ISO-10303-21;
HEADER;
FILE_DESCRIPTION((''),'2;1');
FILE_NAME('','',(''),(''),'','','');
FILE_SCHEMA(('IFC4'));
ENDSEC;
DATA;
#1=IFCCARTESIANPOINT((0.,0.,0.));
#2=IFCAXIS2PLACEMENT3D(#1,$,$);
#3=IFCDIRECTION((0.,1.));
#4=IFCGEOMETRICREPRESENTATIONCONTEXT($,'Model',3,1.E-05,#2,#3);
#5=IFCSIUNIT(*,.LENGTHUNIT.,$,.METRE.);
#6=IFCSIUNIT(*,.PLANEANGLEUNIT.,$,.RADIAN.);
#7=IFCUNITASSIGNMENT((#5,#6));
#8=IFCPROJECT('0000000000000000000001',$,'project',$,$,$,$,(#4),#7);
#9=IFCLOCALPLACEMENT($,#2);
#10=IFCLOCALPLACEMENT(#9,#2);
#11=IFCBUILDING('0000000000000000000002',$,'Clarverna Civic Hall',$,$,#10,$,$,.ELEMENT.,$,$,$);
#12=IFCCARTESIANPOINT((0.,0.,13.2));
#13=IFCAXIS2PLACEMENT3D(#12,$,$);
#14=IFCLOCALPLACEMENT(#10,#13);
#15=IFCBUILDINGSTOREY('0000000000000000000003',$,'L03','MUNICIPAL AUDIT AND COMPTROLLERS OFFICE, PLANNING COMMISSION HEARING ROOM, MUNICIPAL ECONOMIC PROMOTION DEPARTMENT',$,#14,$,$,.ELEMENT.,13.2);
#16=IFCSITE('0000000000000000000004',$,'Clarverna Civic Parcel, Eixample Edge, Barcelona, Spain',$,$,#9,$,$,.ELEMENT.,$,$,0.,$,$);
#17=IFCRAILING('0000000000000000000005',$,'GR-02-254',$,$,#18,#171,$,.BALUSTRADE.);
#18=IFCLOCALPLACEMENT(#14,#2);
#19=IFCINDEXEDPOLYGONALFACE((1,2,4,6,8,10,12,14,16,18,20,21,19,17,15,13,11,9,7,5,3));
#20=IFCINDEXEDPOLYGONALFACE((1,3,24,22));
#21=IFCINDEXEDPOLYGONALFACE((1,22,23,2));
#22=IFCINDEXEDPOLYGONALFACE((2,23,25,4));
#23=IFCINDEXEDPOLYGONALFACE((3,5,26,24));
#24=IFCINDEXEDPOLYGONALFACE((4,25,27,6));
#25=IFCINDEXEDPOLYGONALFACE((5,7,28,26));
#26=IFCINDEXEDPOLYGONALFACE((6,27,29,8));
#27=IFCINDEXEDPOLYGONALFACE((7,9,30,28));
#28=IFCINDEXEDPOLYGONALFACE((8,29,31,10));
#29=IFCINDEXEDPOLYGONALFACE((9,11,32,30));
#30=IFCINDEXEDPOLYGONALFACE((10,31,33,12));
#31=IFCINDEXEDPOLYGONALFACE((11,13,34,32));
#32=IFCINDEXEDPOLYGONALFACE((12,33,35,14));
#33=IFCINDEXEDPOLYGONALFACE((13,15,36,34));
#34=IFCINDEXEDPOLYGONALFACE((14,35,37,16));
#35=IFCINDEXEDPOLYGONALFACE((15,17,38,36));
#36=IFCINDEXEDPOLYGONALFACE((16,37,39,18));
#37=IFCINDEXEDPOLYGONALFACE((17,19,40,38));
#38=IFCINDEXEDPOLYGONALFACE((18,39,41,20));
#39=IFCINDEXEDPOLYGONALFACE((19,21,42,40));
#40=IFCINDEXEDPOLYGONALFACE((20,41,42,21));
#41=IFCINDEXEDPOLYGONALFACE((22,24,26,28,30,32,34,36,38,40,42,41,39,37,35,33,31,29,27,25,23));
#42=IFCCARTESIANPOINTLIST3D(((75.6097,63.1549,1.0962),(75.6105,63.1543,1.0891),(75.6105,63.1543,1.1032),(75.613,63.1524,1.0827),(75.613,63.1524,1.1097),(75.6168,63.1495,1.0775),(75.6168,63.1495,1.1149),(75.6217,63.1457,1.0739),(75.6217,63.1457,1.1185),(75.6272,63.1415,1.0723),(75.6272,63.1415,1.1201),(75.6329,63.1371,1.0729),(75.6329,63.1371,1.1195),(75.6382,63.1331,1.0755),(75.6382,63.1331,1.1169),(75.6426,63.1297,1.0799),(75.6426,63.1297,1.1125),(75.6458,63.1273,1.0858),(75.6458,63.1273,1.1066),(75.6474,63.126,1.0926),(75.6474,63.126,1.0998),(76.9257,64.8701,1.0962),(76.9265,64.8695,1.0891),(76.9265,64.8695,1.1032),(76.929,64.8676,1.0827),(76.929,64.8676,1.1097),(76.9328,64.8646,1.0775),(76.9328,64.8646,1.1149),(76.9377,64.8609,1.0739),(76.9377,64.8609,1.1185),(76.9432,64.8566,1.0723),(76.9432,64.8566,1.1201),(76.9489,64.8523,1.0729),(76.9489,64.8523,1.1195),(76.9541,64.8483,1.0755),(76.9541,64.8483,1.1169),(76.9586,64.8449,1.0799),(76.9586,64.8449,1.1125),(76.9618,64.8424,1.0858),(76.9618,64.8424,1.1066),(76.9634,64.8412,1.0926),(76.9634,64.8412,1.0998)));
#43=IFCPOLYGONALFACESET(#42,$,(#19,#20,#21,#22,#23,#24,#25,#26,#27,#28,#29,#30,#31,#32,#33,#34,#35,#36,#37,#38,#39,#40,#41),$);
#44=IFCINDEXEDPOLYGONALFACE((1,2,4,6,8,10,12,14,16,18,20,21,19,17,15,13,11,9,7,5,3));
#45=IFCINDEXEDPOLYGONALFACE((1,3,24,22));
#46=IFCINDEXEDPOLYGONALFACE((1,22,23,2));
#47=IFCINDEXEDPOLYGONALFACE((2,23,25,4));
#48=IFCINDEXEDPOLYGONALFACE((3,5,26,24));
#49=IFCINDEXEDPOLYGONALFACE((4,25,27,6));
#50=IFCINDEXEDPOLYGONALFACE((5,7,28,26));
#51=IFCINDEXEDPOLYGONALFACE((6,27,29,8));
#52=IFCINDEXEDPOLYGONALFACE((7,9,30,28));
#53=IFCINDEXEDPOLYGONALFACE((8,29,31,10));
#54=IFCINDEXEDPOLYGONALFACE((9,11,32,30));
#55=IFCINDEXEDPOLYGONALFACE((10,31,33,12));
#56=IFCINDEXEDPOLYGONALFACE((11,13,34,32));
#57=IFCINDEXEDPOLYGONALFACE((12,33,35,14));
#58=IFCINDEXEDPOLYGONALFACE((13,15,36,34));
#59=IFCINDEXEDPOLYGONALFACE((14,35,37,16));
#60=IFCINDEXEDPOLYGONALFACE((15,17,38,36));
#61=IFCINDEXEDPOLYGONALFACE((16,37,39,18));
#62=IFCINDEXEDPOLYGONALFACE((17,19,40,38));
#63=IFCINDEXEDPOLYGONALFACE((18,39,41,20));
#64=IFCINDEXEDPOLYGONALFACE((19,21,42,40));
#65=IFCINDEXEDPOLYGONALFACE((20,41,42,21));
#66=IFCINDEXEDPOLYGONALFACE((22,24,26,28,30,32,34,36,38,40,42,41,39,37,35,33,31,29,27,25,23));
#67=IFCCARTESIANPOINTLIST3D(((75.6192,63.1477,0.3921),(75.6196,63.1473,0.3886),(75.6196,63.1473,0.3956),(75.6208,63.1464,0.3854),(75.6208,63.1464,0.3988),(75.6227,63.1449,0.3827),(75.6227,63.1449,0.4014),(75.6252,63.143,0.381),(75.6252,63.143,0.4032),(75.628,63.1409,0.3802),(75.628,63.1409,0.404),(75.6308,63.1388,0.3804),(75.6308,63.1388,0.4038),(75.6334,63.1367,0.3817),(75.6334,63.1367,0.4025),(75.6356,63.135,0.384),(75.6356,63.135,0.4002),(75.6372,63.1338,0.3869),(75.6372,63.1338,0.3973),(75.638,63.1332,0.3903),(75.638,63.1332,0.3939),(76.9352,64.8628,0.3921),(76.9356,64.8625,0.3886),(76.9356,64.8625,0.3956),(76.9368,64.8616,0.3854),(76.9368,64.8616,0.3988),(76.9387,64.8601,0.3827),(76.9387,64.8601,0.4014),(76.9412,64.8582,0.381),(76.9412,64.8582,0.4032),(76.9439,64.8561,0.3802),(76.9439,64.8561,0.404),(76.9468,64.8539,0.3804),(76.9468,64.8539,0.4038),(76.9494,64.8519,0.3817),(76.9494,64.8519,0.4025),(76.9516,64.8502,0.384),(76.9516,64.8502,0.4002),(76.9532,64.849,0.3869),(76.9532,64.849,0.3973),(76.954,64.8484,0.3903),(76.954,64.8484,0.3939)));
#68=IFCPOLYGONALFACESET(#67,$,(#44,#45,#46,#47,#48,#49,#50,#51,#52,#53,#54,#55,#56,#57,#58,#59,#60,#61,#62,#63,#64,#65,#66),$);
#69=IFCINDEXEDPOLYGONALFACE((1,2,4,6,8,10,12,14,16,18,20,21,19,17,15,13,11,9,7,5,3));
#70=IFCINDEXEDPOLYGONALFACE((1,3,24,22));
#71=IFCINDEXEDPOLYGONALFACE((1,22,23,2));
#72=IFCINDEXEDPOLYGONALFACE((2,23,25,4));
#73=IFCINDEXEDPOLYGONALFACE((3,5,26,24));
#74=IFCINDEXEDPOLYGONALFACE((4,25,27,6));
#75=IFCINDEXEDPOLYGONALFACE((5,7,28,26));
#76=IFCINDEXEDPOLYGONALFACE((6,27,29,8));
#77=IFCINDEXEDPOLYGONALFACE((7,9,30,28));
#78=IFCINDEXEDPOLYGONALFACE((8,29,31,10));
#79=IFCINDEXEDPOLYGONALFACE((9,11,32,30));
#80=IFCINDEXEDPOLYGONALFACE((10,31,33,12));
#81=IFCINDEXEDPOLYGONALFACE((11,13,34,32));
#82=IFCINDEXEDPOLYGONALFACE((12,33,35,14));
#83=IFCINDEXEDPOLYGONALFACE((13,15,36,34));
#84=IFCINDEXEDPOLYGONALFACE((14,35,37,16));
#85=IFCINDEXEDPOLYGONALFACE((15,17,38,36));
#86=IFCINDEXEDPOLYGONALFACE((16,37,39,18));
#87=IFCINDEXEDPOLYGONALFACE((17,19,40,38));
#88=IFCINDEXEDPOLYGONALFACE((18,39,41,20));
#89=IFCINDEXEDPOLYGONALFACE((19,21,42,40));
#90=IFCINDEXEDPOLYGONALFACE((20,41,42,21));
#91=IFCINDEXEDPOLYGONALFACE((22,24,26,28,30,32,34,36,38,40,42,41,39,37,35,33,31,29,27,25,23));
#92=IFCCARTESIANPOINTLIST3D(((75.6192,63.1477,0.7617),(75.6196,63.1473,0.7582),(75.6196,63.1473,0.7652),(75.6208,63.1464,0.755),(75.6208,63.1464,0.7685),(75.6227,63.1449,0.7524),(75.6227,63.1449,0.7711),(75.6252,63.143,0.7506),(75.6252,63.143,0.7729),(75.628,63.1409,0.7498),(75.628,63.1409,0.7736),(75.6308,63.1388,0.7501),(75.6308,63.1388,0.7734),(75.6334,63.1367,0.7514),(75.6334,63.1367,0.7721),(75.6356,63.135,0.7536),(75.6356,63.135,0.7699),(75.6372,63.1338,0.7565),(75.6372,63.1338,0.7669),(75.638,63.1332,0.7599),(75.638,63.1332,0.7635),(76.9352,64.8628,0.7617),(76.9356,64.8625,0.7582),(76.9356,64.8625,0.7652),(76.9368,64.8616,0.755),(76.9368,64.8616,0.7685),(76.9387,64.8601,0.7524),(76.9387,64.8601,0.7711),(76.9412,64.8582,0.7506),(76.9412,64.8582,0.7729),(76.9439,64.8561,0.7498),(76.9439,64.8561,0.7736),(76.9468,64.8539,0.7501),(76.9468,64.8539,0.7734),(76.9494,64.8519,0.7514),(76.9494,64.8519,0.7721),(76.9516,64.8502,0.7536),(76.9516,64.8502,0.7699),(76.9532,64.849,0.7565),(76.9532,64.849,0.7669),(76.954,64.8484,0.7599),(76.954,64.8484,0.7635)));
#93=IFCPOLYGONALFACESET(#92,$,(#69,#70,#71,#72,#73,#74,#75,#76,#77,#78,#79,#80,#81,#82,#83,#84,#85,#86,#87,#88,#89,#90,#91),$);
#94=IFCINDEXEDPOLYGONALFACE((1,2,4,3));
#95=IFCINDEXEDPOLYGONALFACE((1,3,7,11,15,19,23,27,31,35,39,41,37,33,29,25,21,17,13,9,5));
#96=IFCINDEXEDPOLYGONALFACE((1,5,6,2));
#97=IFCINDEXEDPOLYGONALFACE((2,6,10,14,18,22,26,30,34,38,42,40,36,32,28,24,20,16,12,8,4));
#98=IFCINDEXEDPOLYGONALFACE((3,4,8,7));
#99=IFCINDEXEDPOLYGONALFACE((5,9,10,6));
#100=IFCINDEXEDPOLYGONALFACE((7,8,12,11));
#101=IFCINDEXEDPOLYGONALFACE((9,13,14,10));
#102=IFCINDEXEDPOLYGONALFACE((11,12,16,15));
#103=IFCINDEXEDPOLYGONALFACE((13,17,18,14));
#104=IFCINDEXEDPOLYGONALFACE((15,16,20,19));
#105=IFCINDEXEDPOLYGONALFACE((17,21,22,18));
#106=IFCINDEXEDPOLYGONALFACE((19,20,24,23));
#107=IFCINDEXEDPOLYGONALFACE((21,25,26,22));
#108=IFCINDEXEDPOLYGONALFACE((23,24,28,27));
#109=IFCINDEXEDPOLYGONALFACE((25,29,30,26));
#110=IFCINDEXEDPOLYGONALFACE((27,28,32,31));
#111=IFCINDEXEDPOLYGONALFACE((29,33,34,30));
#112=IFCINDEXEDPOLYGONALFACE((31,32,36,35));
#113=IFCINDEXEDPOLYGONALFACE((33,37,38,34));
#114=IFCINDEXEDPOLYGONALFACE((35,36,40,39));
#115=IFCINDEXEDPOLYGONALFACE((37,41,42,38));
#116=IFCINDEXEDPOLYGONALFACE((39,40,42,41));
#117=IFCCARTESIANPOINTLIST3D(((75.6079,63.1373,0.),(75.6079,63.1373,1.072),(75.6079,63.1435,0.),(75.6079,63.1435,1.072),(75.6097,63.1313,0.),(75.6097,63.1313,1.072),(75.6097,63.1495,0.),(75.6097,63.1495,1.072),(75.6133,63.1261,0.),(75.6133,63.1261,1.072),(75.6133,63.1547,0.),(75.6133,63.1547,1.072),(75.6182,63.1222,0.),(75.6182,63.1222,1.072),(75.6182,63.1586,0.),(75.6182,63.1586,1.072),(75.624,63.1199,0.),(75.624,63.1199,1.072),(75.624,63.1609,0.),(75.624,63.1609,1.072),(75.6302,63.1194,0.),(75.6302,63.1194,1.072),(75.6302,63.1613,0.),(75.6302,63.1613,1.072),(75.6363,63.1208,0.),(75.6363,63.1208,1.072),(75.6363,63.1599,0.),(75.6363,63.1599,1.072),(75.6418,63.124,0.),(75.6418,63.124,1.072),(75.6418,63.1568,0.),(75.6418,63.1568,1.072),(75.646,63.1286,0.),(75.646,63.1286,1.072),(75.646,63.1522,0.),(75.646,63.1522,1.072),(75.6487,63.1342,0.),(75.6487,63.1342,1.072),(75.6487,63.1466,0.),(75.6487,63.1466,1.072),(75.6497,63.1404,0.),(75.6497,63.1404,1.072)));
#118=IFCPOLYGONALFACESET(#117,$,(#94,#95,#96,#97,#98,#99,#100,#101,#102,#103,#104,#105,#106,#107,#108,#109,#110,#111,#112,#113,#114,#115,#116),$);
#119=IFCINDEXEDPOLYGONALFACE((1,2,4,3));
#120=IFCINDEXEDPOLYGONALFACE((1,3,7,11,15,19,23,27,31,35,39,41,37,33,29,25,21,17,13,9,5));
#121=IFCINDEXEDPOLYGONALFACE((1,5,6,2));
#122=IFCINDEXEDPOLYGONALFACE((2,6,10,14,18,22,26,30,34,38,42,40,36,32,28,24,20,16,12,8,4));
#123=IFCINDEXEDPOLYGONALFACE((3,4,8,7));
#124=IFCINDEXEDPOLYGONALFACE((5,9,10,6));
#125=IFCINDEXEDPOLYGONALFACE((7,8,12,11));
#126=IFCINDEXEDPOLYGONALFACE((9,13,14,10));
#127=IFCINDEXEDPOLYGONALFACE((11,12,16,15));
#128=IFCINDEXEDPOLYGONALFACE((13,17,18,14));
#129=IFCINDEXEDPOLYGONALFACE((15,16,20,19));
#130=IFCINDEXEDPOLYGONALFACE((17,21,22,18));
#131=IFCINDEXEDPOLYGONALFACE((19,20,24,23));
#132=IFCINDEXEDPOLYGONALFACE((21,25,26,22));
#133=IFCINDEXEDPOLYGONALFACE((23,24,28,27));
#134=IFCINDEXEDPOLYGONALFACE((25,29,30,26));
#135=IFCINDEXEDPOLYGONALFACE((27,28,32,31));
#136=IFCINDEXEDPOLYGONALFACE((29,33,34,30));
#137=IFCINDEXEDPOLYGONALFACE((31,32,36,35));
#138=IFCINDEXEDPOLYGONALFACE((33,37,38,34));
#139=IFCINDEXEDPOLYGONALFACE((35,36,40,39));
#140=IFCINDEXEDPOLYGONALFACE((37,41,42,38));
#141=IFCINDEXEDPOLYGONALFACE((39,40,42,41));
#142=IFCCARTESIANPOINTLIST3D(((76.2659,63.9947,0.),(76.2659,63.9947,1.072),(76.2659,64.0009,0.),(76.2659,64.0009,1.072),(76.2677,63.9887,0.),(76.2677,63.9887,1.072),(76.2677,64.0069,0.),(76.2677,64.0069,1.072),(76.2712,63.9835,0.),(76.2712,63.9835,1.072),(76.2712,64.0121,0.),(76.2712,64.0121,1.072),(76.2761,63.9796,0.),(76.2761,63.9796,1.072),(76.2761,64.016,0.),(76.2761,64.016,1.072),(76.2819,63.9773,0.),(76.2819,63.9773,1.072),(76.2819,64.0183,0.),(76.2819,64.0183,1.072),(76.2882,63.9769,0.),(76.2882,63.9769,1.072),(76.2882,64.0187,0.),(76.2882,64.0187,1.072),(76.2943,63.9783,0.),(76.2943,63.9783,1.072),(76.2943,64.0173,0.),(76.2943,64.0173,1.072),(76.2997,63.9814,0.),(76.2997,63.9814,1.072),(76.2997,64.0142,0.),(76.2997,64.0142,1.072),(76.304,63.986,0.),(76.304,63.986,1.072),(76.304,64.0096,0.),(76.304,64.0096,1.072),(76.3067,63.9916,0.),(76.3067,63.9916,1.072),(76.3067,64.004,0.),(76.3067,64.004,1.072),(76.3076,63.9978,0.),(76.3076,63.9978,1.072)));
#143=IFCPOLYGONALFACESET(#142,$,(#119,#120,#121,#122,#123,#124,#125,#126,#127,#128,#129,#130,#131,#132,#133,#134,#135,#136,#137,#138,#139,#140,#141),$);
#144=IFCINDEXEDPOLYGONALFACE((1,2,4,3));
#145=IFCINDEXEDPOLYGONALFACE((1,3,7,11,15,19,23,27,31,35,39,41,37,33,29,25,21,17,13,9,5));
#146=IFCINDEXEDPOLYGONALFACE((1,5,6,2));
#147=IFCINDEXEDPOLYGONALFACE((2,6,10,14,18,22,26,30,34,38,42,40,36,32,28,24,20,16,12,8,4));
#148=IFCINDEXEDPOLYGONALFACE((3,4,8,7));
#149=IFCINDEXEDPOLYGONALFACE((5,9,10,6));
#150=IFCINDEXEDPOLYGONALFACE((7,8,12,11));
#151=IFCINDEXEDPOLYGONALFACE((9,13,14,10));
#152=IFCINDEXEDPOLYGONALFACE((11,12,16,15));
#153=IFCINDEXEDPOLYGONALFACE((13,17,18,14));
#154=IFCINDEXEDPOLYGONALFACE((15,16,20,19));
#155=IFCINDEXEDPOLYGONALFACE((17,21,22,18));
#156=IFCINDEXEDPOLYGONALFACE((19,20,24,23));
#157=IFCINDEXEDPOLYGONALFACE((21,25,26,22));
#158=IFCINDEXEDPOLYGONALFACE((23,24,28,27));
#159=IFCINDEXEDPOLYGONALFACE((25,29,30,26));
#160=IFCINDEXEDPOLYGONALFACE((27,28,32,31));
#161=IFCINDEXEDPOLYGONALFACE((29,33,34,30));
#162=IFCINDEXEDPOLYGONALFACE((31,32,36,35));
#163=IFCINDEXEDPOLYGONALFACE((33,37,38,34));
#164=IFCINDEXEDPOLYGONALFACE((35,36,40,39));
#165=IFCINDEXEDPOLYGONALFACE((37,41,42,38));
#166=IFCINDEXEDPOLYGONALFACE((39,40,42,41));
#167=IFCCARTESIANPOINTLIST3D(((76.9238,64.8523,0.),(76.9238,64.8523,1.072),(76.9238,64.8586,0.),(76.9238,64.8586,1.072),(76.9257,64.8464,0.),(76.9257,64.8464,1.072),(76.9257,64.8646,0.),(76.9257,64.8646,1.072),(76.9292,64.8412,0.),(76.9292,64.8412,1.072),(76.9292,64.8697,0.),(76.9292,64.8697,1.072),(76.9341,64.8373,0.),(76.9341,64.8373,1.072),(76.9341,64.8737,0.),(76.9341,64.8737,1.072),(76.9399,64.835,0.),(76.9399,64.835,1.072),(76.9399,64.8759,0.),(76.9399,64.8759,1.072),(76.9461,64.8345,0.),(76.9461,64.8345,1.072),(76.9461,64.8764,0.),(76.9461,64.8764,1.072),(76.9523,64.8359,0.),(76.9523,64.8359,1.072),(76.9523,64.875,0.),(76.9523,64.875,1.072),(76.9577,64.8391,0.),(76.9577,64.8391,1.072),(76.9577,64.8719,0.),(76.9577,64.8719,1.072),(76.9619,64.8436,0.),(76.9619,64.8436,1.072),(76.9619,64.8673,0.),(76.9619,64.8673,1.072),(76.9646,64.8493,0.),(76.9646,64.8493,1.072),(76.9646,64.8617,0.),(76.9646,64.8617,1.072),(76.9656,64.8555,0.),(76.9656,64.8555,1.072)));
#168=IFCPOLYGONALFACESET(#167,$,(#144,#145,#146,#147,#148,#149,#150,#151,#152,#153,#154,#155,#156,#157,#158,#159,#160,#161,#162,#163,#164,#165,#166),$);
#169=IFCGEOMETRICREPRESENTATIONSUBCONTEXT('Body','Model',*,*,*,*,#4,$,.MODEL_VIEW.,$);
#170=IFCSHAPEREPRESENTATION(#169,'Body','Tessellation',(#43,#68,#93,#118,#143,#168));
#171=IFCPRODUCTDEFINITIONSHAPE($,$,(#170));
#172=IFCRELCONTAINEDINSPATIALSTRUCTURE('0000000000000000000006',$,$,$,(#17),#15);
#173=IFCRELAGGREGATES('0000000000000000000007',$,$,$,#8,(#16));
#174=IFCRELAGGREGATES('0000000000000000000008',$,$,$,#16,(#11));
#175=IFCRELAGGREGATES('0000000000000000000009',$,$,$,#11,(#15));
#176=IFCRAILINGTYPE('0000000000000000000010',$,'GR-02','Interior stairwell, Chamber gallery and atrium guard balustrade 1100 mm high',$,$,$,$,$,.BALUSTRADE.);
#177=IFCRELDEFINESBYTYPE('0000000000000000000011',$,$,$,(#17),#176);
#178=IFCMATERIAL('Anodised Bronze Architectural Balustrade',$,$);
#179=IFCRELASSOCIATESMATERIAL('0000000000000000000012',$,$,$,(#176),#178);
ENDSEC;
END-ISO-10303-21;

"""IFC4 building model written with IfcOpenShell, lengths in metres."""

from ifc_helpers import new_model, si_unit, direction, frame, origin, origin_2d, place, context, subcontext, project, spatial, circle, extrude, material, type_object, element, save


model = new_model("IFC4")

# Units and contexts
model_context = context("Model", 3, precision=1e-05, world=origin(), true_north=direction((0.0, 1.0)))
body_context = subcontext(model_context, "Body", "Model", "MODEL_VIEW")
ifc_project = project(units=[si_unit("LENGTHUNIT", "METRE"), si_unit("PLANEANGLEUNIT", "RADIAN")], contexts=[model_context])

# Site, building, storey
site_placement = place(None, origin())
site = spatial("IfcSite", under=ifc_project, at=site_placement, Name="Clarverna Civic Parcel, Eixample Edge, Barcelona, Spain", CompositionType="ELEMENT", RefElevation=0.0)
building_placement = place(site_placement, origin())
building = spatial("IfcBuilding", under=site, at=building_placement, Name="Clarverna Civic Hall", CompositionType="ELEMENT")
storey_placement = place(building_placement, frame((0.0, 0.0, 13.2)))
storey = spatial("IfcBuildingStorey", under=building, at=storey_placement, Name="L03", Description="MUNICIPAL AUDIT AND COMPTROLLERS OFFICE, PLANNING COMMISSION HEARING ROOM, MUNICIPAL ECONOMIC PROMOTION DEPARTMENT", CompositionType="ELEMENT", Elevation=13.2)

# Railing
ifc_material_1 = material(Name="Anodised Bronze Architectural Balustrade")
railing_type_1 = type_object("IfcRailingType", Name="GR-02", Description="Interior stairwell, Chamber gallery and atrium guard balustrade 1100 mm high", PredefinedType="BALUSTRADE", material=ifc_material_1)
railing_1_placement = place(storey_placement, frame((75.6287, 63.1404, 0.0)))
element("IfcRailing", 1, at=railing_1_placement, inside=storey, type_object=railing_type_1, Name="GR-02-254", PredefinedType="BALUSTRADE", context=body_context, shape_type="SweptSolid", body=[
    extrude(circle(Radius=0.0239, at=origin_2d()), frame((0.0, 0.0, 1.0962), z_axis=(0.608728, 0.793379, 0.0), x_axis=(-0.793379, 0.608728, 0.0)), (0.0, 0.0, 1.0), 2.1619),
    extrude(circle(Radius=0.012, at=origin_2d()), frame((0.0, 0.0, 0.3921), z_axis=(0.608728, 0.793379, 0.0), x_axis=(-0.793379, 0.608728, 0.0)), (0.0, 0.0, 1.0), 2.1619),
    extrude(circle(Radius=0.012, at=origin_2d()), frame((0.0, 0.0, 0.7617), z_axis=(0.608728, 0.793379, 0.0), x_axis=(-0.793379, 0.608728, 0.0)), (0.0, 0.0, 1.0), 2.1619),
    extrude(circle(Radius=0.021, at=origin_2d()), origin(), (0.0, 0.0, 1.0), 1.072),
    extrude(circle(Radius=0.021, at=origin_2d()), frame((0.658, 0.8574, 0.0)), (0.0, 0.0, 1.0), 1.072),
    extrude(circle(Radius=0.021, at=origin_2d()), frame((1.3159, 1.7151, 0.0)), (0.0, 0.0, 1.0), 1.072),
])

save(model, "model.ifc")
